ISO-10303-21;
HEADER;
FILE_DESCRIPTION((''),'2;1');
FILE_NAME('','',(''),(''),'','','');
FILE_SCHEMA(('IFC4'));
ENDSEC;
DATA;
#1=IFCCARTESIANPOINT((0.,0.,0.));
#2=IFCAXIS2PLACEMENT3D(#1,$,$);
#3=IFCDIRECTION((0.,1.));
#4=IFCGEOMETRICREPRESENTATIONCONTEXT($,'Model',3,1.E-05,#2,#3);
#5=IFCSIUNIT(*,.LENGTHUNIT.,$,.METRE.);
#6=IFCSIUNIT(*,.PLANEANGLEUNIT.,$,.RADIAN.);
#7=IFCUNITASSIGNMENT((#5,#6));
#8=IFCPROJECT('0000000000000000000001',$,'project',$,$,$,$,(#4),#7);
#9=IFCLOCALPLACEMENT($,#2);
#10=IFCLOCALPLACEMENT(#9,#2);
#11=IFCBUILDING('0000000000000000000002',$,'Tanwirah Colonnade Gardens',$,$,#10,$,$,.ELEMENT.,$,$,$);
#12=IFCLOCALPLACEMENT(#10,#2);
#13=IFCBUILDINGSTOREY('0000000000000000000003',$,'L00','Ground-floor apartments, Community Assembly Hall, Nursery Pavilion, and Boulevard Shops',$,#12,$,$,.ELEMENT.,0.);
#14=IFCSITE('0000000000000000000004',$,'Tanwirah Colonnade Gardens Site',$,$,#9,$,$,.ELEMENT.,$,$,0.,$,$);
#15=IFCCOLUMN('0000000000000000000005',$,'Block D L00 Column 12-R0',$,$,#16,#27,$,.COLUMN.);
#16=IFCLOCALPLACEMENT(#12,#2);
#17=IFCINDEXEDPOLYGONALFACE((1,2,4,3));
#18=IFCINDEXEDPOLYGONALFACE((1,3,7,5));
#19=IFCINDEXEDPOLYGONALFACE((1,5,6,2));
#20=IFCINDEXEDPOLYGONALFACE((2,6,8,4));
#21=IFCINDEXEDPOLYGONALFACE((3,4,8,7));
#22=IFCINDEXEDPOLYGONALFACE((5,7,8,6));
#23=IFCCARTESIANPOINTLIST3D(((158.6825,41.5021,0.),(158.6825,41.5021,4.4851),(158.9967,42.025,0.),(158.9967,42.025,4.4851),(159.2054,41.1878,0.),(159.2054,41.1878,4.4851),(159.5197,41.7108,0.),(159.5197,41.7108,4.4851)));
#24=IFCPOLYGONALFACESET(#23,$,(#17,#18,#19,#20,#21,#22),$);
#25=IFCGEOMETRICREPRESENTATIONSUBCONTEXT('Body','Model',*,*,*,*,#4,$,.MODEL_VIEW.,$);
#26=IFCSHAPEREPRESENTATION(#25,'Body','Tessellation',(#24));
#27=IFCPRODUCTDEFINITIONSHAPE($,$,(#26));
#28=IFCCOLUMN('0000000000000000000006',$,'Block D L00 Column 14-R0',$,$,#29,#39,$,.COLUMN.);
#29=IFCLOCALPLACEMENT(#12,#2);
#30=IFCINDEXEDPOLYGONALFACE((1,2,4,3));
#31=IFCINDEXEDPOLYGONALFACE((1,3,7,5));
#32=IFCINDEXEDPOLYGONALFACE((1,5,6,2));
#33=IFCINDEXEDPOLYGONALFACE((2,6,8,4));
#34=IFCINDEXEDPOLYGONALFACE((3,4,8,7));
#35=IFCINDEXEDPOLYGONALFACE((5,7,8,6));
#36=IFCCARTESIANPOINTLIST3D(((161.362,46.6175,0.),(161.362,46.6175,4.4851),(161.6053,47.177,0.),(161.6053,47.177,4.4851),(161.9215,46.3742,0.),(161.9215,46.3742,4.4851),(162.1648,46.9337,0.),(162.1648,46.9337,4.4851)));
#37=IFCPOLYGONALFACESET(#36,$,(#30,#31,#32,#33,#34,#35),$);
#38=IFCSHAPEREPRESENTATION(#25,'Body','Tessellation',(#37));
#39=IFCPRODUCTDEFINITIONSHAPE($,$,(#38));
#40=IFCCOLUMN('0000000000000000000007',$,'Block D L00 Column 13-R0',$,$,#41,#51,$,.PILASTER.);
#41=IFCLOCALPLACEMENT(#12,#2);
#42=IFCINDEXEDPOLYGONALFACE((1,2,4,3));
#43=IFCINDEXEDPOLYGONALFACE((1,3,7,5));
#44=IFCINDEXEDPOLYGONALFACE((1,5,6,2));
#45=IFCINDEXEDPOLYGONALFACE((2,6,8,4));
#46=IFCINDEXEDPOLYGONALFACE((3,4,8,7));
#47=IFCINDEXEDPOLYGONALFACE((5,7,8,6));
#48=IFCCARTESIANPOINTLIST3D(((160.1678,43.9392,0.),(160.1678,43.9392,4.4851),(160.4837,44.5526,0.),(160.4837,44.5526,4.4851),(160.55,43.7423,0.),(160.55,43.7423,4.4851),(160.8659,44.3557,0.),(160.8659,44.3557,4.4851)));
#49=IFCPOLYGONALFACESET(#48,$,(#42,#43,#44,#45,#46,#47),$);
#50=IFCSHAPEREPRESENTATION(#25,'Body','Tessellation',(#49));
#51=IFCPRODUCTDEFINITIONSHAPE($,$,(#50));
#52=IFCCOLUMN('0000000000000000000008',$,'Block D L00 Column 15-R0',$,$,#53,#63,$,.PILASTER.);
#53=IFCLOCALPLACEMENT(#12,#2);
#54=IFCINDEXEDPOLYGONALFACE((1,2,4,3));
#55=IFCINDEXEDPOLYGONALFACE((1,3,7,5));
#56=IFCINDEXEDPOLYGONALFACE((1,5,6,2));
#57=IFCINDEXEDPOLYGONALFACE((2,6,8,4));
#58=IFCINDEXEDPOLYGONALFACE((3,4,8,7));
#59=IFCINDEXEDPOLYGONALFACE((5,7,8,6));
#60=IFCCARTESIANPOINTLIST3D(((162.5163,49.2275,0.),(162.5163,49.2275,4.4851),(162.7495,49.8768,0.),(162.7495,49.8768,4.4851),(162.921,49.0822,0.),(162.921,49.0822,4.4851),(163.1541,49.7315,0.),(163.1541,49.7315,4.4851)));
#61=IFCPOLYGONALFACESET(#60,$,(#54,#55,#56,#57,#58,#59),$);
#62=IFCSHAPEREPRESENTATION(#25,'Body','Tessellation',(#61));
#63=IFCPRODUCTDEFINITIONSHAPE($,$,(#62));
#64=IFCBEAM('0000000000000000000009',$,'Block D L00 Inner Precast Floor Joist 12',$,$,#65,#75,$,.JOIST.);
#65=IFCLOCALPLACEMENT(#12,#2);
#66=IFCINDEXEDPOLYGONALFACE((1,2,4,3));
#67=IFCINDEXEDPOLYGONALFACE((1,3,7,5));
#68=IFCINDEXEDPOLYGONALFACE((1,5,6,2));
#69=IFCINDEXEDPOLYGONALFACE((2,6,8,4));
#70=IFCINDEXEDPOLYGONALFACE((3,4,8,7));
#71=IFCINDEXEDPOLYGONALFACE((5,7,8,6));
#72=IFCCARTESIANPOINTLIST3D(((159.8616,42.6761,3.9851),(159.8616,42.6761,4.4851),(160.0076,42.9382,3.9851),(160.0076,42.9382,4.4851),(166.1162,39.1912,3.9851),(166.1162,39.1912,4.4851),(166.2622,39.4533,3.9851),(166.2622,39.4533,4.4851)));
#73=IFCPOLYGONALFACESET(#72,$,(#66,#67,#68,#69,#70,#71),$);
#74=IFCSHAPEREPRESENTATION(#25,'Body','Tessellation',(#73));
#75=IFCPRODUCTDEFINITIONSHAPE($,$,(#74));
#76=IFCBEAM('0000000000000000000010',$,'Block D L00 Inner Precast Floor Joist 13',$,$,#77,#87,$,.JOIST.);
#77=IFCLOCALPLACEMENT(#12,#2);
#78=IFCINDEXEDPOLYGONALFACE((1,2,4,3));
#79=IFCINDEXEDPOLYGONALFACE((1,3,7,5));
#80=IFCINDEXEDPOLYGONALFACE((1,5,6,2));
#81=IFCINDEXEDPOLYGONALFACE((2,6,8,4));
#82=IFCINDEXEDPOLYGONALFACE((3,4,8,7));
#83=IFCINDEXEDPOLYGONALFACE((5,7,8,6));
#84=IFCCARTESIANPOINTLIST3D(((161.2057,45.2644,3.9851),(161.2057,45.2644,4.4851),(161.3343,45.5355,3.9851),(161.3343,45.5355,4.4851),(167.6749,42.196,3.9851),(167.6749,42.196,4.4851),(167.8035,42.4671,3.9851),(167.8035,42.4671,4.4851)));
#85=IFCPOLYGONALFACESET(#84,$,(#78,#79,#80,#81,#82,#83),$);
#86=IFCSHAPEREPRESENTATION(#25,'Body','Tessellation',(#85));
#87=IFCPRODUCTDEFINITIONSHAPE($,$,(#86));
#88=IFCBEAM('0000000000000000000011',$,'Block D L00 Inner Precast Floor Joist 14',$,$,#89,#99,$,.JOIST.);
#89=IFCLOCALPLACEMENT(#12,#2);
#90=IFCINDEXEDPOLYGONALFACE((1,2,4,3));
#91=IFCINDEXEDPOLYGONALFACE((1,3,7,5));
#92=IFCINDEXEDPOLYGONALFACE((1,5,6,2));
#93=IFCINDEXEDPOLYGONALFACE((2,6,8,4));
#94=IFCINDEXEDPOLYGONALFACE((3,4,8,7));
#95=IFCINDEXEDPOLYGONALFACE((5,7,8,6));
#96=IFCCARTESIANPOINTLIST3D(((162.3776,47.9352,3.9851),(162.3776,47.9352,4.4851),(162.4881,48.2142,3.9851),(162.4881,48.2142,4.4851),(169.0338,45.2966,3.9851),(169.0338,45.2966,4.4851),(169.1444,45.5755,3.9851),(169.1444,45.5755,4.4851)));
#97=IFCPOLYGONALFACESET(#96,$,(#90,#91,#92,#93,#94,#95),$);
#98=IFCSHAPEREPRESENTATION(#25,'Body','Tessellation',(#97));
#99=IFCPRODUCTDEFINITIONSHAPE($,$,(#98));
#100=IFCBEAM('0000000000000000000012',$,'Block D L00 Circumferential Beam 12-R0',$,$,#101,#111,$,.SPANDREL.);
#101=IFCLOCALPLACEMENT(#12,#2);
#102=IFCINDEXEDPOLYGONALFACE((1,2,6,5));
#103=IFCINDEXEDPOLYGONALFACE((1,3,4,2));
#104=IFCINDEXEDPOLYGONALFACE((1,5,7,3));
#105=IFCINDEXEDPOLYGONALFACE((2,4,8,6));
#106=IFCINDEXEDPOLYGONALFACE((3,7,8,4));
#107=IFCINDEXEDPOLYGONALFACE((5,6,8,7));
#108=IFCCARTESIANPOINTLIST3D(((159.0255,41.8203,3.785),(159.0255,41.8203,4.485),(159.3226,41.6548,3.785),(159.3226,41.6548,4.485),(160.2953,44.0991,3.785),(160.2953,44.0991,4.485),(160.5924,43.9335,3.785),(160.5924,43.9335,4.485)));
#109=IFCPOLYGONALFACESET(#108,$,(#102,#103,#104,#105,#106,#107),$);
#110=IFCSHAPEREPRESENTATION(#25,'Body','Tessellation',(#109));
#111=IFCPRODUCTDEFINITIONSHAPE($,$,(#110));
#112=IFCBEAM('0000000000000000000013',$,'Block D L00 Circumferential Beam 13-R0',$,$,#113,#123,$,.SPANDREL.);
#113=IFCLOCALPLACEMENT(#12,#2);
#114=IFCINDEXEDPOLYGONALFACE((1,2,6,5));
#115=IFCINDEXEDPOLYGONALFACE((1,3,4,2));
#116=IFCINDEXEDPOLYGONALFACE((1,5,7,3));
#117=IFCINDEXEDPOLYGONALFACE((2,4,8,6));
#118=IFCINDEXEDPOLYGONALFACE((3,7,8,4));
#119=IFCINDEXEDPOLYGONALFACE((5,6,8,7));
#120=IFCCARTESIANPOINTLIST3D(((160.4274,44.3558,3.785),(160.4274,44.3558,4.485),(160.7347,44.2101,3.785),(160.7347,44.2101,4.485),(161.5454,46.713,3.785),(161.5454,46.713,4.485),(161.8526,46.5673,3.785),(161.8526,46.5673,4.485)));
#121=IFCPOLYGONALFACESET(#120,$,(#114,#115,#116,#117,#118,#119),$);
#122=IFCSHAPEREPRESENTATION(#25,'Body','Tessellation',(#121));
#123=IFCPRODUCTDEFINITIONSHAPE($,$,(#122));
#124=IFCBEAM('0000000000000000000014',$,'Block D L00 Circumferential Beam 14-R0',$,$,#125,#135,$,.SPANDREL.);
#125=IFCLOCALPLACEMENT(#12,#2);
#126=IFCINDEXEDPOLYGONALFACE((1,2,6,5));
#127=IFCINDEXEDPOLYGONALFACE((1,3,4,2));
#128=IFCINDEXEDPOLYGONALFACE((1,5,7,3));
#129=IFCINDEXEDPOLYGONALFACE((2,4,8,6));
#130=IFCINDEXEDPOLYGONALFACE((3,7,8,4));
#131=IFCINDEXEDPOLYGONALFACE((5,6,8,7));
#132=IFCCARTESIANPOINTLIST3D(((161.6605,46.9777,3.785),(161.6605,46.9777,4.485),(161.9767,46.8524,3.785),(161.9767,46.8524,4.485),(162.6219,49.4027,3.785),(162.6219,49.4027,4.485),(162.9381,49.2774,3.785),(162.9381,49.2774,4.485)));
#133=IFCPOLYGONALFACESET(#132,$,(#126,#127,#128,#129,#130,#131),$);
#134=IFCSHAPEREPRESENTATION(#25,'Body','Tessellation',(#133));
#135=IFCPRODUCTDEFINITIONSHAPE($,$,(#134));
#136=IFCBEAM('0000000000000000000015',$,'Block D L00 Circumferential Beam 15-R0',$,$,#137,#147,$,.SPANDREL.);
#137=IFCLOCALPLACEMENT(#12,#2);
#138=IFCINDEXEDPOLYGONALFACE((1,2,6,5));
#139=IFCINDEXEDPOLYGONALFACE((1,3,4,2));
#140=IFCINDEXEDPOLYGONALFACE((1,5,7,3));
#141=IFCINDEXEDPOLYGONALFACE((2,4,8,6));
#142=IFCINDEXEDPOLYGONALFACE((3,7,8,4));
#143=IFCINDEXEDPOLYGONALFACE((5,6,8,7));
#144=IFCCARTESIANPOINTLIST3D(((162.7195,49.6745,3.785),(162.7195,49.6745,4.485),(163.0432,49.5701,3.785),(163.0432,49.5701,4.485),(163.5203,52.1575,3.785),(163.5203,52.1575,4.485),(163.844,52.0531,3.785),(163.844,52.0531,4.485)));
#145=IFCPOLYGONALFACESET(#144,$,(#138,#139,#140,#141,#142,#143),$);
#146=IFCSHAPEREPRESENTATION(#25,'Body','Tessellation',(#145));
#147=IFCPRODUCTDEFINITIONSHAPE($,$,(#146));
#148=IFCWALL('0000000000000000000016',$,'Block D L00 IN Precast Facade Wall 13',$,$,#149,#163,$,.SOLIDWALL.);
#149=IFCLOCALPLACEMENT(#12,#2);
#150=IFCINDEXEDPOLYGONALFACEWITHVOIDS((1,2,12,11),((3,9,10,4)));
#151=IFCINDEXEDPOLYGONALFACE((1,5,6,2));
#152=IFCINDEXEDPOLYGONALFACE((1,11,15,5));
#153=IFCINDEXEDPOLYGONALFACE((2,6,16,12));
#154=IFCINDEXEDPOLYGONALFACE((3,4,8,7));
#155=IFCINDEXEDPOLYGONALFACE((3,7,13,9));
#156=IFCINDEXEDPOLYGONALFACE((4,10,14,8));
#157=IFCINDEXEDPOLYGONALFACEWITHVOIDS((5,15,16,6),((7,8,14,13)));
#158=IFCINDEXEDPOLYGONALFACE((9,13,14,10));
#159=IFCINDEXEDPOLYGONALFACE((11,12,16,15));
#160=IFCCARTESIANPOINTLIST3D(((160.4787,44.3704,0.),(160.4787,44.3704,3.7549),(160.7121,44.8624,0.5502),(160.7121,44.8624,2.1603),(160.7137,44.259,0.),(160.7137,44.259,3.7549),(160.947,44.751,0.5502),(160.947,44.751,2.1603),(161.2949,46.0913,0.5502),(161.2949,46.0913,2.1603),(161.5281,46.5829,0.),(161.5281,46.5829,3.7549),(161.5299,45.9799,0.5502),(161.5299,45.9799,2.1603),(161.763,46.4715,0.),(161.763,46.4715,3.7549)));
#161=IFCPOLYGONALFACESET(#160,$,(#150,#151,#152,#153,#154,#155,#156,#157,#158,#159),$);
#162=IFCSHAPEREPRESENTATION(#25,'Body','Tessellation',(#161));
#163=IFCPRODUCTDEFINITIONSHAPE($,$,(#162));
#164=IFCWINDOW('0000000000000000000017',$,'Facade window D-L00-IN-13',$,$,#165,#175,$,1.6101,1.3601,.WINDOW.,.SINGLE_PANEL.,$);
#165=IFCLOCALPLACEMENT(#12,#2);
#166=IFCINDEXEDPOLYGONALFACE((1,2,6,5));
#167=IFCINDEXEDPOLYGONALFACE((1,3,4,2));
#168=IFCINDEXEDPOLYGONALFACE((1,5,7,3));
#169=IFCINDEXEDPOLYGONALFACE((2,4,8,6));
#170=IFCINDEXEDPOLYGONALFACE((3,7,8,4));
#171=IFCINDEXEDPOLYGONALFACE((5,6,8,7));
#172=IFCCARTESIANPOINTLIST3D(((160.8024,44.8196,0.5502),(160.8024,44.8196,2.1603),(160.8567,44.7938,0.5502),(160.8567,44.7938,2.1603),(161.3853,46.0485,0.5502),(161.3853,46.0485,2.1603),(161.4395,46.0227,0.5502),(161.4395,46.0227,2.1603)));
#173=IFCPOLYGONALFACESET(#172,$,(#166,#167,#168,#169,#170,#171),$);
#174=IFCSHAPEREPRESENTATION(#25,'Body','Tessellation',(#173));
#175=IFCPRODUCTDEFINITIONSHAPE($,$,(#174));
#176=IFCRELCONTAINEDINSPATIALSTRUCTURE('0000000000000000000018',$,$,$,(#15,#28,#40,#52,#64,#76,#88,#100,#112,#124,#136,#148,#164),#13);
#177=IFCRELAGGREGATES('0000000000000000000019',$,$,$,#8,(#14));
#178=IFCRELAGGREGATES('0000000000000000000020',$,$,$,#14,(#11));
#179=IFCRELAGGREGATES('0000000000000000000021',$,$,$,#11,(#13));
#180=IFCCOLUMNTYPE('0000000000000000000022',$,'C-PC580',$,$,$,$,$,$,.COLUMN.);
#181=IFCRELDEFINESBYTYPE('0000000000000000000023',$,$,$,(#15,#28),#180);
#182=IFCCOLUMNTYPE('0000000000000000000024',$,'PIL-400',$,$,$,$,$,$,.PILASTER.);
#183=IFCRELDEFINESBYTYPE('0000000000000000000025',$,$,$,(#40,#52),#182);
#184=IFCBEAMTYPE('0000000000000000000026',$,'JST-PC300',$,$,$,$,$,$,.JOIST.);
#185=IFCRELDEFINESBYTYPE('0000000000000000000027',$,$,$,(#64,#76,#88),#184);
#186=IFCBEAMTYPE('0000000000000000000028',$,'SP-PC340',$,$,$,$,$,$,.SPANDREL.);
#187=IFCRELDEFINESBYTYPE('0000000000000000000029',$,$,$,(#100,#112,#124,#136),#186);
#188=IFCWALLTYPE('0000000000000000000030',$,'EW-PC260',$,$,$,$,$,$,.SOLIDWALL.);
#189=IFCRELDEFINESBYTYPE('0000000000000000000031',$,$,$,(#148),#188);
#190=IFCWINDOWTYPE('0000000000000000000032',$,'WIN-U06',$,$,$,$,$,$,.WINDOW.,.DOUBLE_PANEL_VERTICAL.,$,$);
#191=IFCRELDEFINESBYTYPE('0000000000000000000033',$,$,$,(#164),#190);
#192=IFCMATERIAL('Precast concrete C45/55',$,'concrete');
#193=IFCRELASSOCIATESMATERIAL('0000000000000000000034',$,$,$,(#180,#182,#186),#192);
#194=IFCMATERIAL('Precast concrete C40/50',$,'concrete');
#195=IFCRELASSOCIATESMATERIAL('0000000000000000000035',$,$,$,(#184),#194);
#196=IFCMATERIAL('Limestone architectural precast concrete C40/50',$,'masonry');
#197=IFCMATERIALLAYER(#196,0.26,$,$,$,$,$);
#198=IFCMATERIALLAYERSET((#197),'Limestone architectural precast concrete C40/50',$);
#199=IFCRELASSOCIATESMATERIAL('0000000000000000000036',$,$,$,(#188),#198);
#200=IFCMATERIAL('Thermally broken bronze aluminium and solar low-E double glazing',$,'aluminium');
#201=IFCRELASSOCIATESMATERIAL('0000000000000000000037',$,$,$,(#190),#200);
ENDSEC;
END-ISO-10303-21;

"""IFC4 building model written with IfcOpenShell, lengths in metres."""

from ifc_helpers import new_model, si_unit, direction, frame, frame_2d, origin, origin_2d, place, context, subcontext, project, spatial, rectangle, extrude, material, layer, layer_set, material_profile, profile_set, type_object, element, fill, save


model = new_model("IFC4")

# Units and contexts
model_context = context("Model", 3, precision=1e-05, world=origin(), true_north=direction((0.0, 1.0)))
body_context = subcontext(model_context, "Body", "Model", "MODEL_VIEW")
ifc_project = project(units=[si_unit("LENGTHUNIT", "METRE"), si_unit("PLANEANGLEUNIT", "RADIAN")], contexts=[model_context])

# Site, building, storey
site_placement = place(None, origin())
site = spatial("IfcSite", under=ifc_project, at=site_placement, Name="Tanwirah Colonnade Gardens Site", CompositionType="ELEMENT", RefElevation=0.0)
building_placement = place(site_placement, origin())
building = spatial("IfcBuilding", under=site, at=building_placement, Name="Tanwirah Colonnade Gardens", CompositionType="ELEMENT")
storey_placement = place(building_placement, origin())
storey = spatial("IfcBuildingStorey", under=building, at=storey_placement, Name="L00", Description="Ground-floor apartments, Community Assembly Hall, Nursery Pavilion, and Boulevard Shops", CompositionType="ELEMENT", Elevation=0.0)

# Columns
ifc_material_1 = material(Name="Precast concrete C45/55", Category="concrete")
ifc_material_profile_1 = material_profile(ifc_material_1, rectangle(XDim=0.6101, YDim=0.6101, at=origin_2d()), Name="PC-COL 610x610")
ifc_profile_set_1 = profile_set([ifc_material_profile_1], Name="Precast concrete C45/55")
column_type_1 = type_object("IfcColumnType", Name="C-PC580", PredefinedType="COLUMN", material=ifc_profile_set_1)
for number, where, z_axis, x_axis, name in (
    (1, (159.1011, 41.6064, 0.0), (0.0, 0.0, 1.0), (0.857167, -0.515038, 0.0), "Block D L00 Column 12-R0"),
    (2, (161.7634, 46.7756, 0.0), (0.0, 0.0, 1.0), (0.91706, -0.398749, 0.0), "Block D L00 Column 14-R0"),
):
    element("IfcColumn", number, at=place(storey_placement, frame(where, z_axis=z_axis, x_axis=x_axis)), inside=storey, type_object=column_type_1, Name=name, PredefinedType="COLUMN", context=body_context, shape_type="SweptSolid", body=[
        extrude(rectangle(XDim=0.6101, YDim=0.6101, at=origin_2d()), origin(), (0.0, 0.0, 1.0), 4.4851),
    ])
ifc_material_profile_2 = material_profile(ifc_material_1, rectangle(XDim=0.4299, YDim=0.6899, at=origin_2d()), Name="PC-PIL 430x690")
ifc_profile_set_2 = profile_set([ifc_material_profile_2], Name="Precast concrete C45/55")
column_type_2 = type_object("IfcColumnType", Name="PIL-400", PredefinedType="PILASTER", material=ifc_profile_set_2)
for number, where, z_axis, x_axis, name in (
    (3, (160.5168, 44.1475, 0.0), (0.0, 0.0, 1.0), (0.889017, -0.457874, 0.0), "Block D L00 Column 13-R0"),
    (4, (162.8352, 49.4795, 0.0), (0.0, 0.0, 1.0), (0.941176, -0.337917, 0.0), "Block D L00 Column 15-R0"),
):
    element("IfcColumn", number, at=place(storey_placement, frame(where, z_axis=z_axis, x_axis=x_axis)), inside=storey, type_object=column_type_2, Name=name, PredefinedType="PILASTER", context=body_context, shape_type="SweptSolid", body=[
        extrude(rectangle(XDim=0.4299, YDim=0.6899, at=origin_2d()), origin(), (0.0, 0.0, 1.0), 4.4851),
    ])

# Beams
ifc_material_2 = material(Name="Precast concrete C40/50", Category="concrete")
ifc_material_profile_3 = material_profile(ifc_material_2, rectangle(XDim=0.3, YDim=0.5, at=origin_2d()), Name="PC-JST 300x500")
ifc_profile_set_3 = profile_set([ifc_material_profile_3], Name="Precast concrete C40/50")
beam_type_1 = type_object("IfcBeamType", Name="JST-PC300", PredefinedType="JOIST", material=ifc_profile_set_3)
for number, where, z_axis, x_axis, name in (
    (5, (159.9346, 42.8071, 4.2351), (0.87356, -0.486717, 0.0), (0.486717, 0.87356, 0.0), "Block D L00 Inner Precast Floor Joist 12"),
    (6, (161.27, 45.3999, 4.2351), (0.903522, -0.428541, 0.0), (0.428541, 0.903522, 0.0), "Block D L00 Inner Precast Floor Joist 13"),
):
    element("IfcBeam", number, at=place(storey_placement, frame(where, z_axis=z_axis, x_axis=x_axis)), inside=storey, type_object=beam_type_1, Name=name, PredefinedType="JOIST", context=body_context, shape_type="SweptSolid", body=[
        extrude(rectangle(XDim=0.3, YDim=0.5, at=origin_2d()), origin(), (0.0, 0.0, 1.0), 7.1599),
    ])
beam_1_placement = place(storey_placement, frame((162.4329, 48.0747, 4.2351), z_axis=(0.92962, -0.36852, 0.0), x_axis=(0.36852, 0.92962, 0.0)))
element("IfcBeam", 7, at=beam_1_placement, inside=storey, type_object=beam_type_1, Name="Block D L00 Inner Precast Floor Joist 14", PredefinedType="JOIST", context=body_context, shape_type="SweptSolid", body=[
    extrude(rectangle(XDim=0.3, YDim=0.5, at=origin_2d()), origin(), (0.0, 0.0, 1.0), 7.1602),
])
ifc_material_profile_4 = material_profile(ifc_material_1, rectangle(XDim=0.3401, YDim=0.7, at=origin_2d()), Name="PC-SP 340x700")
ifc_profile_set_4 = profile_set([ifc_material_profile_4], Name="Precast concrete C45/55")
beam_type_2 = type_object("IfcBeamType", Name="SP-PC340", PredefinedType="SPANDREL", material=ifc_profile_set_4)
beam_2_placement = place(storey_placement, frame((159.1741, 41.7375, 4.135), z_axis=(0.486747, 0.873543, 0.0), x_axis=(-0.873543, 0.486747, 0.0)))
element("IfcBeam", 8, at=beam_2_placement, inside=storey, type_object=beam_type_2, Name="Block D L00 Circumferential Beam 12-R0", PredefinedType="SPANDREL", context=body_context, shape_type="SweptSolid", body=[
    extrude(rectangle(XDim=0.3401, YDim=0.7, at=origin_2d()), origin(), (0.0, 0.0, 1.0), 2.6086),
])
beam_3_placement = place(storey_placement, frame((160.5811, 44.283, 4.135), z_axis=(0.428513, 0.903536, 0.0), x_axis=(-0.903536, 0.428513, 0.0)))
element("IfcBeam", 9, at=beam_3_placement, inside=storey, type_object=beam_type_2, Name="Block D L00 Circumferential Beam 13-R0", PredefinedType="SPANDREL", context=body_context, shape_type="SweptSolid", body=[
    extrude(rectangle(XDim=0.3401, YDim=0.7, at=origin_2d()), origin(), (0.0, 0.0, 1.0), 2.6089),
])
beam_4_placement = place(storey_placement, frame((161.8186, 46.915, 4.135), z_axis=(0.368549, 0.929608, 0.0), x_axis=(-0.929608, 0.368549, 0.0)))
element("IfcBeam", 10, at=beam_4_placement, inside=storey, type_object=beam_type_2, Name="Block D L00 Circumferential Beam 14-R0", PredefinedType="SPANDREL", context=body_context, shape_type="SweptSolid", body=[
    extrude(rectangle(XDim=0.3401, YDim=0.7, at=origin_2d()), origin(), (0.0, 0.0, 1.0), 2.6086),
])
beam_5_placement = place(storey_placement, frame((162.8813, 49.6223, 4.135), z_axis=(0.306948, 0.951726, 0.0), x_axis=(-0.951726, 0.306948, 0.0)))
element("IfcBeam", 11, at=beam_5_placement, inside=storey, type_object=beam_type_2, Name="Block D L00 Circumferential Beam 15-R0", PredefinedType="SPANDREL", context=body_context, shape_type="SweptSolid", body=[
    extrude(rectangle(XDim=0.3401, YDim=0.7, at=origin_2d()), origin(), (0.0, 0.0, 1.0), 2.6089),
])

# Wall, opening, window
ifc_material_3 = material(Name="Limestone architectural precast concrete C40/50", Category="masonry")
ifc_layer_1 = layer(ifc_material_3, 0.26)
ifc_layer_set_1 = layer_set([ifc_layer_1], Name="Limestone architectural precast concrete C40/50")
wall_type_1 = type_object("IfcWallType", Name="EW-PC260", PredefinedType="SOLIDWALL", material=ifc_layer_set_1)
wall_1_placement = place(storey_placement, frame((160.5962, 44.3147, 0.0), z_axis=(0.0, 0.0, 1.0), x_axis=(0.428532, 0.903527, 0.0)))
wall_1 = element("IfcWall", 12, at=wall_1_placement, inside=storey, type_object=wall_type_1, Name="Block D L00 IN Precast Facade Wall 13", PredefinedType="SOLIDWALL", context=body_context, shape_type="SweptSolid", body=[
    extrude(rectangle(XDim=2.4487, YDim=0.26, at=frame_2d((1.2244, 0.0))), origin(), (0.0, 0.0, 1.0), 3.7549),
])
opening_1_placement = place(wall_1_placement, frame((0.5444, 0.0, 0.55)))
opening_1 = element("IfcOpeningElement", 13, at=opening_1_placement, cuts=wall_1, PredefinedType="OPENING", context=body_context, shape_type="SweptSolid", body=[
    extrude(rectangle(XDim=1.3601, YDim=1.6101, at=frame_2d((0.6802, 0.8052))), frame((0.0, 0.1399, 0.0), z_axis=(0.0, -1.0, 0.0), x_axis=(1.0, 0.0, 0.0)), (0.0, 0.0, 1.0), 0.28),
])
ifc_material_4 = material(Name="Thermally broken bronze aluminium and solar low-E double glazing", Category="aluminium")
window_type_1 = type_object("IfcWindowType", Name="WIN-U06", PartitioningType="DOUBLE_PANEL_VERTICAL", PredefinedType="WINDOW", material=ifc_material_4)
window_1_placement = place(opening_1_placement, origin())
window_1 = element("IfcWindow", 14, at=window_1_placement, inside=storey, type_object=window_type_1, Name="Facade window D-L00-IN-13", OverallHeight=1.6101, OverallWidth=1.3601, PartitioningType="SINGLE_PANEL", PredefinedType="WINDOW", context=body_context, shape_type="SweptSolid", body=[
    extrude(rectangle(XDim=1.3601, YDim=1.6101, at=frame_2d((0.6802, 0.8052))), frame((0.0, 0.03, 0.0), z_axis=(0.0, -1.0, 0.0), x_axis=(1.0, 0.0, 0.0)), (0.0, 0.0, 1.0), 0.0601),
])
fill(opening_1, window_1)

save(model, "model.ifc")
